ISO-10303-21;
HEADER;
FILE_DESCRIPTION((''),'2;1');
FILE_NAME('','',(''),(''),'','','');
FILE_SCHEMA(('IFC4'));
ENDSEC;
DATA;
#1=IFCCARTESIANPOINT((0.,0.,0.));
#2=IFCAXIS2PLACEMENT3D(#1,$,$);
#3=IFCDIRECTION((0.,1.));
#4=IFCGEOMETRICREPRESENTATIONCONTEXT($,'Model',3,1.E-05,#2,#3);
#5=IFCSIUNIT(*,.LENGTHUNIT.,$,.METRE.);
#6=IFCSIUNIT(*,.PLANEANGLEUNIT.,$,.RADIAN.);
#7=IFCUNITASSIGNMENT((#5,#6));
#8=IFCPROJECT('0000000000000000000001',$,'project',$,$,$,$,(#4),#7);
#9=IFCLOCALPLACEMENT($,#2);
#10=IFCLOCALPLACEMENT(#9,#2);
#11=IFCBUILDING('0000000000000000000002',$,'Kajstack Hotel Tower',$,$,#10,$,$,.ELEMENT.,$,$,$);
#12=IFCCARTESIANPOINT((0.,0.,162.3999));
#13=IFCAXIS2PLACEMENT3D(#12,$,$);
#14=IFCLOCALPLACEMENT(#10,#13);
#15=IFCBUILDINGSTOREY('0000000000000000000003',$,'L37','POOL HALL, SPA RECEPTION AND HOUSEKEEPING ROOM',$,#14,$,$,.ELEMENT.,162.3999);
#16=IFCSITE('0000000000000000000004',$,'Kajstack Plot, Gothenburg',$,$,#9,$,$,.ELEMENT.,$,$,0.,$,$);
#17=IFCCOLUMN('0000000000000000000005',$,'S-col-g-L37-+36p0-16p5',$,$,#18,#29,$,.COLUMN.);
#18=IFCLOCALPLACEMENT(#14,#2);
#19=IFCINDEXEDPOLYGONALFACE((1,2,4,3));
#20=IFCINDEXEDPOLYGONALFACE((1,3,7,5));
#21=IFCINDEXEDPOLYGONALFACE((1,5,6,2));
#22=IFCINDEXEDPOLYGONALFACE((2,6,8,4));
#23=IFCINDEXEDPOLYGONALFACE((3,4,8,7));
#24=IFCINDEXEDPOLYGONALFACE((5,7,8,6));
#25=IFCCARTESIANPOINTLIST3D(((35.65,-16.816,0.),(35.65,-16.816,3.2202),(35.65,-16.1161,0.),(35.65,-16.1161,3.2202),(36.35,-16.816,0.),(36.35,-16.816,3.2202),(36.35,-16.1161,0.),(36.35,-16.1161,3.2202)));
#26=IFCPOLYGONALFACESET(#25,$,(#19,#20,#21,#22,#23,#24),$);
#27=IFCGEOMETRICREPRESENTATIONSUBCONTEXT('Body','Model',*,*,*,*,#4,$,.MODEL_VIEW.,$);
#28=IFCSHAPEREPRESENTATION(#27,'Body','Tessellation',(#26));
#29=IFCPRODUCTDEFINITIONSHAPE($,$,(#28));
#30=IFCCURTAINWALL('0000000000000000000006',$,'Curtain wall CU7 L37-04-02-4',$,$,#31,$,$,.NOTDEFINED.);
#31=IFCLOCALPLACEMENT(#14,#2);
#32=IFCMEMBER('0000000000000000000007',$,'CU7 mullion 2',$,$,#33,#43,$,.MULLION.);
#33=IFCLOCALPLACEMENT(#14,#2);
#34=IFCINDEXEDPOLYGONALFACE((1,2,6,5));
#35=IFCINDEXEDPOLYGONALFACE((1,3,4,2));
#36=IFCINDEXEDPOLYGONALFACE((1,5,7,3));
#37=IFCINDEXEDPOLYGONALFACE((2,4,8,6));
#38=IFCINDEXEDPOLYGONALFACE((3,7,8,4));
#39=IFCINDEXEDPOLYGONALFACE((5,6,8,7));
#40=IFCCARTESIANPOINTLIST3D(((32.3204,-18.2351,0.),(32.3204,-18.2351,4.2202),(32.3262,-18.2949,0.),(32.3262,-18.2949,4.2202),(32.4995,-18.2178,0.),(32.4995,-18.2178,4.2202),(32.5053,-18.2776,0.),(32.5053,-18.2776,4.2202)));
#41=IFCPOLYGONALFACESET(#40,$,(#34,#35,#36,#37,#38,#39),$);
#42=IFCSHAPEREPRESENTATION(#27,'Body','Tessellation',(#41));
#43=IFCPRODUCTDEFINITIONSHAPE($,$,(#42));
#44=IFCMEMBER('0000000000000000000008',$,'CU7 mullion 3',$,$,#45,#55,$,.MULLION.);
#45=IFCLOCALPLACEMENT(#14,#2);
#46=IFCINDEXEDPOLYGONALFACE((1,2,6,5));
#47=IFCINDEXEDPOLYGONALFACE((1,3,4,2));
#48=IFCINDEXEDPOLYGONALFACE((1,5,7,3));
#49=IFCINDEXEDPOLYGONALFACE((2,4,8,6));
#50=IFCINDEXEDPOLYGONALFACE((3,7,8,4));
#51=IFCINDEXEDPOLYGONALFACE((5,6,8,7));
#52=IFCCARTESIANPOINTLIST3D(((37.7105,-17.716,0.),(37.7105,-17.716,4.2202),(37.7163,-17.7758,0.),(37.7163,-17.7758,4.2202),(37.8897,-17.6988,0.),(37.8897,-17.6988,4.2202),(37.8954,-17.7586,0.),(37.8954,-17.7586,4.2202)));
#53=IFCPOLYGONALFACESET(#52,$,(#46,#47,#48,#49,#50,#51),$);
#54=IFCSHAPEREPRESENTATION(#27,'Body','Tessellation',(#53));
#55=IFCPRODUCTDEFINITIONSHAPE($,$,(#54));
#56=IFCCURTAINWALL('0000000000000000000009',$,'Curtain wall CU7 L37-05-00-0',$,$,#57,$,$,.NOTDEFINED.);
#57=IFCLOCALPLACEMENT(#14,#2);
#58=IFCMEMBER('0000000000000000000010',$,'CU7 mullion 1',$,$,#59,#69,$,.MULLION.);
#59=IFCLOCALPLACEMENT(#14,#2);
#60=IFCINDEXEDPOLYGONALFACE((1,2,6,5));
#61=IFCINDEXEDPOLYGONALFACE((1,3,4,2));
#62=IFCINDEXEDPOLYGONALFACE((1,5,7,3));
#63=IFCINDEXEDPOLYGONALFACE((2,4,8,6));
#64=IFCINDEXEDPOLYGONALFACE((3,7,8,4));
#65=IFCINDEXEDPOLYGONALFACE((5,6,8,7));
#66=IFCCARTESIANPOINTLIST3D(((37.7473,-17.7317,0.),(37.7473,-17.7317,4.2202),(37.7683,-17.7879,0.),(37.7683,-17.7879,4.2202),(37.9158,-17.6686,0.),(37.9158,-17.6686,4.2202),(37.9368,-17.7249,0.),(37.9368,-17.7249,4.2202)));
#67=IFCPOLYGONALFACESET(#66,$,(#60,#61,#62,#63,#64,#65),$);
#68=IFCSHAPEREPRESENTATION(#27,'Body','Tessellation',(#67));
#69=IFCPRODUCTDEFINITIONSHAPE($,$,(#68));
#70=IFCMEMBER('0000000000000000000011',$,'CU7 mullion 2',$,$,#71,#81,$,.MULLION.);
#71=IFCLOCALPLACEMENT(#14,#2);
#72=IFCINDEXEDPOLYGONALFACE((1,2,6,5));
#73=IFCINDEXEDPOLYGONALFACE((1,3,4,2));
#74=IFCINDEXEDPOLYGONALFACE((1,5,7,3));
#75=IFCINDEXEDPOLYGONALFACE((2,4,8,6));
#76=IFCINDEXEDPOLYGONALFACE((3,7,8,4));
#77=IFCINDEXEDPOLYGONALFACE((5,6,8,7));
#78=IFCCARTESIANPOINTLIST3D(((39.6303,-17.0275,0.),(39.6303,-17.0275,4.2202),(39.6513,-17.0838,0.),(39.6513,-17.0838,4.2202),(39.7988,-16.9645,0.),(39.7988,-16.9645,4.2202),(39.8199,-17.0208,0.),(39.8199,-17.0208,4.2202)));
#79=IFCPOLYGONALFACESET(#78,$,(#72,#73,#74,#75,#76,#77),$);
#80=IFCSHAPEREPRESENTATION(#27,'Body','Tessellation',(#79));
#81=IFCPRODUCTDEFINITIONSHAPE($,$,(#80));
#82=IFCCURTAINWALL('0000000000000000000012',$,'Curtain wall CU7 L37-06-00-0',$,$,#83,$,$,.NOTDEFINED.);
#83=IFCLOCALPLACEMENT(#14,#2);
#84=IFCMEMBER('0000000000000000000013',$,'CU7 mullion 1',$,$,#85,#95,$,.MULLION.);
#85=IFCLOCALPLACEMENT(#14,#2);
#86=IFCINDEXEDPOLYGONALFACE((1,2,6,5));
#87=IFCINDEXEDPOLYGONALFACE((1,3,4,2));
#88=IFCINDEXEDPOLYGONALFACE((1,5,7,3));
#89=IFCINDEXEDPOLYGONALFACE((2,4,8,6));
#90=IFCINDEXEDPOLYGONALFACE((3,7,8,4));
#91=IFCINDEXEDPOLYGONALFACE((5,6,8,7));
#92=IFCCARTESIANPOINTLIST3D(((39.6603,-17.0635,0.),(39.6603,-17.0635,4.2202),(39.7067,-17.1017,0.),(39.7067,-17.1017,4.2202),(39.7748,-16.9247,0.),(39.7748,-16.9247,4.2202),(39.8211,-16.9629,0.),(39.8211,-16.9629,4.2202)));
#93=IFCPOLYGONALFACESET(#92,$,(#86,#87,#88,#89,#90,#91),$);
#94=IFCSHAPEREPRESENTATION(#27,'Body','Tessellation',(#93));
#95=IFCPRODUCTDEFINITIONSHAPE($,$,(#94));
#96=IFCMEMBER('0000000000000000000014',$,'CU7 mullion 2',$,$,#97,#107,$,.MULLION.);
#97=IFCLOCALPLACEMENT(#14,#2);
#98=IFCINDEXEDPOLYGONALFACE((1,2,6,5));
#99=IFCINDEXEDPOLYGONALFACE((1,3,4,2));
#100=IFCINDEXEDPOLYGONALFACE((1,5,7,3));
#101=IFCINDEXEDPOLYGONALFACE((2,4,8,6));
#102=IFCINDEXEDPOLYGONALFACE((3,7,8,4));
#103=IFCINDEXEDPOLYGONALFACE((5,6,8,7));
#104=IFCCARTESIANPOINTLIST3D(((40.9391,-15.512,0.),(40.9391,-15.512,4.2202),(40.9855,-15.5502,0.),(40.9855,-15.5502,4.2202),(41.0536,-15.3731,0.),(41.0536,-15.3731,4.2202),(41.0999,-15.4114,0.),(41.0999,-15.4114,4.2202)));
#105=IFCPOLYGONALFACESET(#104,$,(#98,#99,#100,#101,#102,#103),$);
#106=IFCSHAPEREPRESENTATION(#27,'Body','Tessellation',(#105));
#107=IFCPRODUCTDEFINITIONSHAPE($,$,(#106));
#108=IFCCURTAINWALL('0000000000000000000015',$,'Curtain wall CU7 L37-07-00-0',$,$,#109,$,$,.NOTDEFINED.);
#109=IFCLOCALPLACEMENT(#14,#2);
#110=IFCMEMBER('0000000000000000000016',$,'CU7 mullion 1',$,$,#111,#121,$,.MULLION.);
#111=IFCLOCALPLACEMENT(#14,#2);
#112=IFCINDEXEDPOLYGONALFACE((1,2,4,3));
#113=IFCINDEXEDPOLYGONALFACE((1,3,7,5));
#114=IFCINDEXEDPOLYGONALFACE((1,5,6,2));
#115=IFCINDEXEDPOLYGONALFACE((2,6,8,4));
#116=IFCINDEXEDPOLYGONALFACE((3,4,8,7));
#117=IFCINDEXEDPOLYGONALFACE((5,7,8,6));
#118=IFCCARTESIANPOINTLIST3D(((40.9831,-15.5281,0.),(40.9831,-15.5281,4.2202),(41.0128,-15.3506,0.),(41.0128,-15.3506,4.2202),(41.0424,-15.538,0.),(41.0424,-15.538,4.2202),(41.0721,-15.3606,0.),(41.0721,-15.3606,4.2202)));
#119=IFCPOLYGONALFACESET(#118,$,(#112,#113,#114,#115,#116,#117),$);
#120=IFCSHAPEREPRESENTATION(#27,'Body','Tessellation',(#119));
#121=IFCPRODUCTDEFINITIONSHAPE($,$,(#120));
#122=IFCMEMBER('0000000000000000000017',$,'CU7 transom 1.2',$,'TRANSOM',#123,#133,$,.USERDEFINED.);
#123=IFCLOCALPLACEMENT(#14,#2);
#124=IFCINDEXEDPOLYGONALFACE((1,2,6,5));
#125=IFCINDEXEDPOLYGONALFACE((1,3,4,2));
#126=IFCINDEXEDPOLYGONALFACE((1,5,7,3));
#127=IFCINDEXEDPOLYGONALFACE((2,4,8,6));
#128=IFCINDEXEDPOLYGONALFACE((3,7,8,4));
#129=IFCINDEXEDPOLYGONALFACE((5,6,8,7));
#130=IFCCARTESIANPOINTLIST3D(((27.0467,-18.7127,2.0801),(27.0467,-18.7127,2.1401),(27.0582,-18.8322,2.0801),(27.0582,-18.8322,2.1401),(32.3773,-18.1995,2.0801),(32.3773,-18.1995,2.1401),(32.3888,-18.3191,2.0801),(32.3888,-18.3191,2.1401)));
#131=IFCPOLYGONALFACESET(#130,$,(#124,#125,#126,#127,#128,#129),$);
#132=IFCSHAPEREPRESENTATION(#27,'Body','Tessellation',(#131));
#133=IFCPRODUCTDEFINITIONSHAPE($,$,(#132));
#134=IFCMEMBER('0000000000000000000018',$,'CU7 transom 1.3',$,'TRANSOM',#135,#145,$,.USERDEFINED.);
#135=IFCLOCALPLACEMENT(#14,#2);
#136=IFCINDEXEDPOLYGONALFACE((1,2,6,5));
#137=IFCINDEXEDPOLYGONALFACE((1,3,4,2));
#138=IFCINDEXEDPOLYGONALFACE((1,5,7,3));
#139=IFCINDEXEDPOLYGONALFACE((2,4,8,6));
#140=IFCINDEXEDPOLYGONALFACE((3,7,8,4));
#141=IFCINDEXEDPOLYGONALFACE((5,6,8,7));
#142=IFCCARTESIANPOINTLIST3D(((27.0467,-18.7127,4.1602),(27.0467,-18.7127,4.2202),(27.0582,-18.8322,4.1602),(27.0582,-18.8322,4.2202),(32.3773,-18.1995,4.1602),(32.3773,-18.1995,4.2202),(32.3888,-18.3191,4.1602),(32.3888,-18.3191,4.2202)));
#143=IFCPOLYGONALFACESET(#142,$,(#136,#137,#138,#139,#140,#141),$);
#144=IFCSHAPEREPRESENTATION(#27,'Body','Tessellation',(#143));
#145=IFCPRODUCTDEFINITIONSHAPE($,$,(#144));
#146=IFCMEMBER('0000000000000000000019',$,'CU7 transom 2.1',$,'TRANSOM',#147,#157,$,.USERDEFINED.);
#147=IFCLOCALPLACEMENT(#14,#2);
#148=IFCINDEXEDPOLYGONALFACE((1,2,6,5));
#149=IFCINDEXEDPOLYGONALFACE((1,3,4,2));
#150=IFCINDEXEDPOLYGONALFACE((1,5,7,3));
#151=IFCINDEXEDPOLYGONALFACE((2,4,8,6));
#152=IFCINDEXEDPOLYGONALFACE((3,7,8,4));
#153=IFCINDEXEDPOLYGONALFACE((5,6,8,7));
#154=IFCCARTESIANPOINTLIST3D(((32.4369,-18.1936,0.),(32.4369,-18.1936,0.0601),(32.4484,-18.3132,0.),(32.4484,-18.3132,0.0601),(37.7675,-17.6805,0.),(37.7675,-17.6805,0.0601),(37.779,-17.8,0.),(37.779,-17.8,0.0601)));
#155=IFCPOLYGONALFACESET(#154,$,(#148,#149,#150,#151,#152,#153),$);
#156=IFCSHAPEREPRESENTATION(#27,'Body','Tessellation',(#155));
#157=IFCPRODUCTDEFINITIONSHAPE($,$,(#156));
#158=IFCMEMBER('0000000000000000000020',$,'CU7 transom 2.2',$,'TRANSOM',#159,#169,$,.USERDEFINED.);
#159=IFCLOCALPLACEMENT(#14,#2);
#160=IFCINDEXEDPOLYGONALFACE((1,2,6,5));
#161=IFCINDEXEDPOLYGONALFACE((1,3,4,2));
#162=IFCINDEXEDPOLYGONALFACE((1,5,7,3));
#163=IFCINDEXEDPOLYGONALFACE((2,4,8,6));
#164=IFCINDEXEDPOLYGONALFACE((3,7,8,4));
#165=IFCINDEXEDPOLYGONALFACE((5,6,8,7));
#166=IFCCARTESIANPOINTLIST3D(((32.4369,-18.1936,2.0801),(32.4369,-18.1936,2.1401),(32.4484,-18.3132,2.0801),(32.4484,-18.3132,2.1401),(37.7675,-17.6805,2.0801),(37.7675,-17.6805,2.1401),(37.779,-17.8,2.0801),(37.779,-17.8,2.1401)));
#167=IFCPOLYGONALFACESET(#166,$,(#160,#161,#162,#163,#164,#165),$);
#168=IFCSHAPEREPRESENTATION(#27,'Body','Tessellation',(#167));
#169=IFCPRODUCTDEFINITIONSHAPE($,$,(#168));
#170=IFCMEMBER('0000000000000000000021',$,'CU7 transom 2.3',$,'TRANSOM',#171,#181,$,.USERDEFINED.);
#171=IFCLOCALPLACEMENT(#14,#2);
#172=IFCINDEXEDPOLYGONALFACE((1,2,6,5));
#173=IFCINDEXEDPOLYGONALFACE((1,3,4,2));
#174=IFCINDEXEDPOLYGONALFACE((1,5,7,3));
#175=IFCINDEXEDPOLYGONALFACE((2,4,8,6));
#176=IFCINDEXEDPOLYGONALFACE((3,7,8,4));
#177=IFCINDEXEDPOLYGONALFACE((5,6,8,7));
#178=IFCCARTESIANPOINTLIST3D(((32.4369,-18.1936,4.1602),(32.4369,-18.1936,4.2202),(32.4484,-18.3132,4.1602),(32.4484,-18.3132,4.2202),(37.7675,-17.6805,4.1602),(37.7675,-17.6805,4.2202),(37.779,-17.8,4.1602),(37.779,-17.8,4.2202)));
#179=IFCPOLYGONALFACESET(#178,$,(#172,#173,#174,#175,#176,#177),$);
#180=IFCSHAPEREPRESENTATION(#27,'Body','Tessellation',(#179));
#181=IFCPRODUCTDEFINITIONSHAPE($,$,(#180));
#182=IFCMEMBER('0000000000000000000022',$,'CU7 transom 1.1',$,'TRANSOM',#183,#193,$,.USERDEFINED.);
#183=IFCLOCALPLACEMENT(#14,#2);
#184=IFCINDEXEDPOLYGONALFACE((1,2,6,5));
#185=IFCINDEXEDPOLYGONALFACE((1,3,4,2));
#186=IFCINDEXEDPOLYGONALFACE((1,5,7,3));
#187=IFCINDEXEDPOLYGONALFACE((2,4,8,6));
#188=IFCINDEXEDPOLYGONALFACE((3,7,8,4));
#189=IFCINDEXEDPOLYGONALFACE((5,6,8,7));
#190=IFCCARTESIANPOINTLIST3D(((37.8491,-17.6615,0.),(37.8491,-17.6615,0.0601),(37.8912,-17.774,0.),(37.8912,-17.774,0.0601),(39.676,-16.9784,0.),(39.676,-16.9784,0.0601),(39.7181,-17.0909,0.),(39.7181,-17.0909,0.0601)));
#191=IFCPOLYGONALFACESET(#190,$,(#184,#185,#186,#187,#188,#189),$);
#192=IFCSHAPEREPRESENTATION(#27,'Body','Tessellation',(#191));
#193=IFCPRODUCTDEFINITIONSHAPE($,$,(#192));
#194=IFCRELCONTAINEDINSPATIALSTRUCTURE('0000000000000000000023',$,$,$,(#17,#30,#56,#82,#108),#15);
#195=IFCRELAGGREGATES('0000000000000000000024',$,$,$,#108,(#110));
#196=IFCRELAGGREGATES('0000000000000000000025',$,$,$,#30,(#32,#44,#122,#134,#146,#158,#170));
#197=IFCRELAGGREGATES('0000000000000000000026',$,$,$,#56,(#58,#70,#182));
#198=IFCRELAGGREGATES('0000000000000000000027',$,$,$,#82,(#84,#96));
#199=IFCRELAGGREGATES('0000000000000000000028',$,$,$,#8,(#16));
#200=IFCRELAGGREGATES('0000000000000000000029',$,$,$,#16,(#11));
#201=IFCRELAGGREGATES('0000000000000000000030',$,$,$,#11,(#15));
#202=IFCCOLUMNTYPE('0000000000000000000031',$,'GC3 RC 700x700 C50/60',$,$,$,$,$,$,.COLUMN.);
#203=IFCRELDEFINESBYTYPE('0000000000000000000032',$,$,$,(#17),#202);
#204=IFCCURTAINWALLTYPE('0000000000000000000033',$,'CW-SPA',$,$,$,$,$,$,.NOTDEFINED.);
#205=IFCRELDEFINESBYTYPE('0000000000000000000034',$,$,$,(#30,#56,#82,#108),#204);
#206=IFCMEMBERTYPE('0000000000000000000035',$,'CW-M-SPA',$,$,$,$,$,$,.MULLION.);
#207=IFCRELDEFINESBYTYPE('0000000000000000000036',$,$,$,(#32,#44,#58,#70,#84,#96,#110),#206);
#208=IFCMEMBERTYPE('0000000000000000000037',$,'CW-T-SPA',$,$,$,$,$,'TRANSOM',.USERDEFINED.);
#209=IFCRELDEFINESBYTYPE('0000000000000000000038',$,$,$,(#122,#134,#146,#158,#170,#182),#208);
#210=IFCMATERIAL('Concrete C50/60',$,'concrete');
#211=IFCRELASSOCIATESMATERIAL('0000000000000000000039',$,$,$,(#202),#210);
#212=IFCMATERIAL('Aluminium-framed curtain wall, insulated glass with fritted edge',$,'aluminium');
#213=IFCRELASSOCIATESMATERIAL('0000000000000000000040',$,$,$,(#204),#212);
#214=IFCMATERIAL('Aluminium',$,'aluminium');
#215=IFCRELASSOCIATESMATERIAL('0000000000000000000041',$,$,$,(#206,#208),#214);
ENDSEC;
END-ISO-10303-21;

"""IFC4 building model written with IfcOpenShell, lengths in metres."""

from ifc_helpers import new_model, si_unit, direction, frame, origin, origin_2d, place, context, subcontext, project, spatial, rectangle, extrude, material, material_profile, profile_set, type_object, element, aggregate, save


model = new_model("IFC4")

# Units and contexts
model_context = context("Model", 3, precision=1e-05, world=origin(), true_north=direction((0.0, 1.0)))
body_context = subcontext(model_context, "Body", "Model", "MODEL_VIEW")
ifc_project = project(units=[si_unit("LENGTHUNIT", "METRE"), si_unit("PLANEANGLEUNIT", "RADIAN")], contexts=[model_context])

# Site, building, storey
site_placement = place(None, origin())
site = spatial("IfcSite", under=ifc_project, at=site_placement, Name="Kajstack Plot, Gothenburg", CompositionType="ELEMENT", RefElevation=0.0)
building_placement = place(site_placement, origin())
building = spatial("IfcBuilding", under=site, at=building_placement, Name="Kajstack Hotel Tower", CompositionType="ELEMENT")
storey_placement = place(building_placement, frame((0.0, 0.0, 162.3999)))
storey = spatial("IfcBuildingStorey", under=building, at=storey_placement, Name="L37", Description="POOL HALL, SPA RECEPTION AND HOUSEKEEPING ROOM", CompositionType="ELEMENT", Elevation=162.3999)

# Column
ifc_material_1 = material(Name="Concrete C50/60", Category="concrete")
ifc_material_profile_1 = material_profile(ifc_material_1, rectangle(XDim=0.7, YDim=0.7, at=origin_2d()), Name="RC 700x700")
ifc_profile_set_1 = profile_set([ifc_material_profile_1], Name="Concrete C50/60")
column_type = type_object("IfcColumnType", Name="GC3 RC 700x700 C50/60", PredefinedType="COLUMN", material=ifc_profile_set_1)
column_placement = place(storey_placement, frame((36.0, -16.4661, 0.0), z_axis=(0.0, 0.0, 1.0), x_axis=(1.0, 0.0, 0.0)))
element("IfcColumn", 1, at=column_placement, inside=storey, type_object=column_type, Name="S-col-g-L37-+36p0-16p5", PredefinedType="COLUMN", context=body_context, shape_type="SweptSolid", body=[
    extrude(rectangle(XDim=0.7, YDim=0.7, at=origin_2d()), origin(), (0.0, 0.0, 1.0), 3.2202),
])

# Curtain walls, members
ifc_material_2 = material(Name="Aluminium-framed curtain wall, insulated glass with fritted edge", Category="aluminium")
curtain_wall_type = type_object("IfcCurtainWallType", Name="CW-SPA", PredefinedType="NOTDEFINED", material=ifc_material_2)
curtain_wall_1_placement = place(storey_placement, origin())
curtain_wall_1 = element("IfcCurtainWall", 2, at=curtain_wall_1_placement, inside=storey, type_object=curtain_wall_type, Name="Curtain wall CU7 L37-04-02-4", PredefinedType="NOTDEFINED")
ifc_material_3 = material(Name="Aluminium", Category="aluminium")
ifc_material_profile_2 = material_profile(ifc_material_3, rectangle(XDim=0.0601, YDim=0.1799, at=origin_2d()), Name="Aluminium mullion 60 x 180")
ifc_profile_set_2 = profile_set([ifc_material_profile_2], Name="Aluminium")
member_type_1 = type_object("IfcMemberType", Name="CW-M-SPA", PredefinedType="MULLION", material=ifc_profile_set_2)
member_1_placement = place(storey_placement, frame((32.4128, -18.2563, 0.0), z_axis=(0.0, 0.0, 1.0), x_axis=(-0.095845, 0.995396, 0.0)))
member_1 = element("IfcMember", 3, at=member_1_placement, type_object=member_type_1, Name="CU7 mullion 2", PredefinedType="MULLION", context=body_context, shape_type="SweptSolid", body=[
    extrude(rectangle(XDim=0.0601, YDim=0.1799, at=origin_2d()), origin(), (0.0, 0.0, 1.0), 4.2202),
])
member_2_placement = place(storey_placement, frame((37.803, -17.7373, 0.0), z_axis=(0.0, 0.0, 1.0), x_axis=(-0.095845, 0.995396, 0.0)))
member_2 = element("IfcMember", 4, at=member_2_placement, type_object=member_type_1, Name="CU7 mullion 3", PredefinedType="MULLION", context=body_context, shape_type="SweptSolid", body=[
    extrude(rectangle(XDim=0.0601, YDim=0.1799, at=origin_2d()), origin(), (0.0, 0.0, 1.0), 4.2202),
])
curtain_wall_2_placement = place(storey_placement, origin())
curtain_wall_2 = element("IfcCurtainWall", 5, at=curtain_wall_2_placement, inside=storey, type_object=curtain_wall_type, Name="Curtain wall CU7 L37-05-00-0", PredefinedType="NOTDEFINED")
member_3_placement = place(storey_placement, frame((37.842, -17.7283, 0.0), z_axis=(0.0, 0.0, 1.0), x_axis=(-0.350202, 0.936674, 0.0)))
member_3 = element("IfcMember", 6, at=member_3_placement, type_object=member_type_1, Name="CU7 mullion 1", PredefinedType="MULLION", context=body_context, shape_type="SweptSolid", body=[
    extrude(rectangle(XDim=0.0601, YDim=0.1799, at=origin_2d()), origin(), (0.0, 0.0, 1.0), 4.2202),
])
member_4_placement = place(storey_placement, frame((39.7251, -17.0242, 0.0), z_axis=(0.0, 0.0, 1.0), x_axis=(-0.350202, 0.936674, 0.0)))
member_4 = element("IfcMember", 7, at=member_4_placement, type_object=member_type_1, Name="CU7 mullion 2", PredefinedType="MULLION", context=body_context, shape_type="SweptSolid", body=[
    extrude(rectangle(XDim=0.0601, YDim=0.1799, at=origin_2d()), origin(), (0.0, 0.0, 1.0), 4.2202),
])
curtain_wall_3_placement = place(storey_placement, origin())
curtain_wall_3 = element("IfcCurtainWall", 8, at=curtain_wall_3_placement, inside=storey, type_object=curtain_wall_type, Name="Curtain wall CU7 L37-06-00-0", PredefinedType="NOTDEFINED")
member_5_placement = place(storey_placement, frame((39.7407, -17.0132, 0.0), z_axis=(0.0, 0.0, 1.0), x_axis=(-0.771611, 0.636095, 0.0)))
member_5 = element("IfcMember", 9, at=member_5_placement, type_object=member_type_1, Name="CU7 mullion 1", PredefinedType="MULLION", context=body_context, shape_type="SweptSolid", body=[
    extrude(rectangle(XDim=0.0601, YDim=0.1799, at=origin_2d()), origin(), (0.0, 0.0, 1.0), 4.2202),
])
member_6_placement = place(storey_placement, frame((41.0195, -15.4617, 0.0), z_axis=(0.0, 0.0, 1.0), x_axis=(-0.771611, 0.636095, 0.0)))
member_6 = element("IfcMember", 10, at=member_6_placement, type_object=member_type_1, Name="CU7 mullion 2", PredefinedType="MULLION", context=body_context, shape_type="SweptSolid", body=[
    extrude(rectangle(XDim=0.0601, YDim=0.1799, at=origin_2d()), origin(), (0.0, 0.0, 1.0), 4.2202),
])

# Curtain wall, member
curtain_wall_4_placement = place(storey_placement, origin())
curtain_wall_4 = element("IfcCurtainWall", 11, at=curtain_wall_4_placement, inside=storey, type_object=curtain_wall_type, Name="Curtain wall CU7 L37-07-00-0", PredefinedType="NOTDEFINED")
member_7_placement = place(storey_placement, frame((41.0276, -15.4443, 0.0), z_axis=(0.0, 0.0, 1.0), x_axis=(-0.986289, 0.165025, 0.0)))
member_7 = element("IfcMember", 12, at=member_7_placement, type_object=member_type_1, Name="CU7 mullion 1", PredefinedType="MULLION", context=body_context, shape_type="SweptSolid", body=[
    extrude(rectangle(XDim=0.0601, YDim=0.1799, at=origin_2d()), origin(), (0.0, 0.0, 1.0), 4.2202),
])

# Members
ifc_material_profile_3 = material_profile(ifc_material_3, rectangle(XDim=0.1201, YDim=0.0601, at=origin_2d()), Name="Aluminium transom 120 x 60")
ifc_profile_set_3 = profile_set([ifc_material_profile_3], Name="Aluminium")
member_type_2 = type_object("IfcMemberType", Name="CW-T-SPA", ElementType="TRANSOM", PredefinedType="USERDEFINED", material=ifc_profile_set_3)
member_8_placement = place(storey_placement, frame((27.0525, -18.7725, 2.1101), z_axis=(0.995398, 0.095829, 0.0), x_axis=(-0.095829, 0.995398, 0.0)))
member_8 = element("IfcMember", 13, at=member_8_placement, type_object=member_type_2, Name="CU7 transom 1.2", ObjectType="TRANSOM", PredefinedType="USERDEFINED", context=body_context, shape_type="SweptSolid", body=[
    extrude(rectangle(XDim=0.1201, YDim=0.0601, at=origin_2d()), origin(), (0.0, 0.0, 1.0), 5.3552),
])
member_9_placement = place(storey_placement, frame((27.0525, -18.7725, 4.1902), z_axis=(0.995398, 0.095829, 0.0), x_axis=(-0.095829, 0.995398, 0.0)))
member_9 = element("IfcMember", 14, at=member_9_placement, type_object=member_type_2, Name="CU7 transom 1.3", ObjectType="TRANSOM", PredefinedType="USERDEFINED", context=body_context, shape_type="SweptSolid", body=[
    extrude(rectangle(XDim=0.1201, YDim=0.0601, at=origin_2d()), origin(), (0.0, 0.0, 1.0), 5.3552),
])
member_10_placement = place(storey_placement, frame((32.4426, -18.2534, 0.03), z_axis=(0.995398, 0.095829, 0.0), x_axis=(-0.095829, 0.995398, 0.0)))
member_10 = element("IfcMember", 15, at=member_10_placement, type_object=member_type_2, Name="CU7 transom 2.1", ObjectType="TRANSOM", PredefinedType="USERDEFINED", context=body_context, shape_type="SweptSolid", body=[
    extrude(rectangle(XDim=0.1201, YDim=0.0601, at=origin_2d()), origin(), (0.0, 0.0, 1.0), 5.3552),
])
member_11_placement = place(storey_placement, frame((32.4426, -18.2534, 2.1101), z_axis=(0.995398, 0.095829, 0.0), x_axis=(-0.095829, 0.995398, 0.0)))
member_11 = element("IfcMember", 16, at=member_11_placement, type_object=member_type_2, Name="CU7 transom 2.2", ObjectType="TRANSOM", PredefinedType="USERDEFINED", context=body_context, shape_type="SweptSolid", body=[
    extrude(rectangle(XDim=0.1201, YDim=0.0601, at=origin_2d()), origin(), (0.0, 0.0, 1.0), 5.3552),
])
member_12_placement = place(storey_placement, frame((32.4426, -18.2534, 4.1902), z_axis=(0.995398, 0.095829, 0.0), x_axis=(-0.095829, 0.995398, 0.0)))
member_12 = element("IfcMember", 17, at=member_12_placement, type_object=member_type_2, Name="CU7 transom 2.3", ObjectType="TRANSOM", PredefinedType="USERDEFINED", context=body_context, shape_type="SweptSolid", body=[
    extrude(rectangle(XDim=0.1201, YDim=0.0601, at=origin_2d()), origin(), (0.0, 0.0, 1.0), 5.3552),
])
member_13_placement = place(storey_placement, frame((37.8701, -17.7178, 0.03), z_axis=(0.936663, 0.350232, 0.0), x_axis=(-0.350232, 0.936663, 0.0)))
member_13 = element("IfcMember", 18, at=member_13_placement, type_object=member_type_2, Name="CU7 transom 1.1", ObjectType="TRANSOM", PredefinedType="USERDEFINED", context=body_context, shape_type="SweptSolid", body=[
    extrude(rectangle(XDim=0.1201, YDim=0.0601, at=origin_2d()), origin(), (0.0, 0.0, 1.0), 1.9504),
])
aggregate(curtain_wall_4, [member_7])

aggregate(curtain_wall_1, [member_1, member_2, member_8, member_9, member_10, member_11, member_12])
aggregate(curtain_wall_2, [member_3, member_4, member_13])
aggregate(curtain_wall_3, [member_5, member_6])

save(model, "model.ifc")
